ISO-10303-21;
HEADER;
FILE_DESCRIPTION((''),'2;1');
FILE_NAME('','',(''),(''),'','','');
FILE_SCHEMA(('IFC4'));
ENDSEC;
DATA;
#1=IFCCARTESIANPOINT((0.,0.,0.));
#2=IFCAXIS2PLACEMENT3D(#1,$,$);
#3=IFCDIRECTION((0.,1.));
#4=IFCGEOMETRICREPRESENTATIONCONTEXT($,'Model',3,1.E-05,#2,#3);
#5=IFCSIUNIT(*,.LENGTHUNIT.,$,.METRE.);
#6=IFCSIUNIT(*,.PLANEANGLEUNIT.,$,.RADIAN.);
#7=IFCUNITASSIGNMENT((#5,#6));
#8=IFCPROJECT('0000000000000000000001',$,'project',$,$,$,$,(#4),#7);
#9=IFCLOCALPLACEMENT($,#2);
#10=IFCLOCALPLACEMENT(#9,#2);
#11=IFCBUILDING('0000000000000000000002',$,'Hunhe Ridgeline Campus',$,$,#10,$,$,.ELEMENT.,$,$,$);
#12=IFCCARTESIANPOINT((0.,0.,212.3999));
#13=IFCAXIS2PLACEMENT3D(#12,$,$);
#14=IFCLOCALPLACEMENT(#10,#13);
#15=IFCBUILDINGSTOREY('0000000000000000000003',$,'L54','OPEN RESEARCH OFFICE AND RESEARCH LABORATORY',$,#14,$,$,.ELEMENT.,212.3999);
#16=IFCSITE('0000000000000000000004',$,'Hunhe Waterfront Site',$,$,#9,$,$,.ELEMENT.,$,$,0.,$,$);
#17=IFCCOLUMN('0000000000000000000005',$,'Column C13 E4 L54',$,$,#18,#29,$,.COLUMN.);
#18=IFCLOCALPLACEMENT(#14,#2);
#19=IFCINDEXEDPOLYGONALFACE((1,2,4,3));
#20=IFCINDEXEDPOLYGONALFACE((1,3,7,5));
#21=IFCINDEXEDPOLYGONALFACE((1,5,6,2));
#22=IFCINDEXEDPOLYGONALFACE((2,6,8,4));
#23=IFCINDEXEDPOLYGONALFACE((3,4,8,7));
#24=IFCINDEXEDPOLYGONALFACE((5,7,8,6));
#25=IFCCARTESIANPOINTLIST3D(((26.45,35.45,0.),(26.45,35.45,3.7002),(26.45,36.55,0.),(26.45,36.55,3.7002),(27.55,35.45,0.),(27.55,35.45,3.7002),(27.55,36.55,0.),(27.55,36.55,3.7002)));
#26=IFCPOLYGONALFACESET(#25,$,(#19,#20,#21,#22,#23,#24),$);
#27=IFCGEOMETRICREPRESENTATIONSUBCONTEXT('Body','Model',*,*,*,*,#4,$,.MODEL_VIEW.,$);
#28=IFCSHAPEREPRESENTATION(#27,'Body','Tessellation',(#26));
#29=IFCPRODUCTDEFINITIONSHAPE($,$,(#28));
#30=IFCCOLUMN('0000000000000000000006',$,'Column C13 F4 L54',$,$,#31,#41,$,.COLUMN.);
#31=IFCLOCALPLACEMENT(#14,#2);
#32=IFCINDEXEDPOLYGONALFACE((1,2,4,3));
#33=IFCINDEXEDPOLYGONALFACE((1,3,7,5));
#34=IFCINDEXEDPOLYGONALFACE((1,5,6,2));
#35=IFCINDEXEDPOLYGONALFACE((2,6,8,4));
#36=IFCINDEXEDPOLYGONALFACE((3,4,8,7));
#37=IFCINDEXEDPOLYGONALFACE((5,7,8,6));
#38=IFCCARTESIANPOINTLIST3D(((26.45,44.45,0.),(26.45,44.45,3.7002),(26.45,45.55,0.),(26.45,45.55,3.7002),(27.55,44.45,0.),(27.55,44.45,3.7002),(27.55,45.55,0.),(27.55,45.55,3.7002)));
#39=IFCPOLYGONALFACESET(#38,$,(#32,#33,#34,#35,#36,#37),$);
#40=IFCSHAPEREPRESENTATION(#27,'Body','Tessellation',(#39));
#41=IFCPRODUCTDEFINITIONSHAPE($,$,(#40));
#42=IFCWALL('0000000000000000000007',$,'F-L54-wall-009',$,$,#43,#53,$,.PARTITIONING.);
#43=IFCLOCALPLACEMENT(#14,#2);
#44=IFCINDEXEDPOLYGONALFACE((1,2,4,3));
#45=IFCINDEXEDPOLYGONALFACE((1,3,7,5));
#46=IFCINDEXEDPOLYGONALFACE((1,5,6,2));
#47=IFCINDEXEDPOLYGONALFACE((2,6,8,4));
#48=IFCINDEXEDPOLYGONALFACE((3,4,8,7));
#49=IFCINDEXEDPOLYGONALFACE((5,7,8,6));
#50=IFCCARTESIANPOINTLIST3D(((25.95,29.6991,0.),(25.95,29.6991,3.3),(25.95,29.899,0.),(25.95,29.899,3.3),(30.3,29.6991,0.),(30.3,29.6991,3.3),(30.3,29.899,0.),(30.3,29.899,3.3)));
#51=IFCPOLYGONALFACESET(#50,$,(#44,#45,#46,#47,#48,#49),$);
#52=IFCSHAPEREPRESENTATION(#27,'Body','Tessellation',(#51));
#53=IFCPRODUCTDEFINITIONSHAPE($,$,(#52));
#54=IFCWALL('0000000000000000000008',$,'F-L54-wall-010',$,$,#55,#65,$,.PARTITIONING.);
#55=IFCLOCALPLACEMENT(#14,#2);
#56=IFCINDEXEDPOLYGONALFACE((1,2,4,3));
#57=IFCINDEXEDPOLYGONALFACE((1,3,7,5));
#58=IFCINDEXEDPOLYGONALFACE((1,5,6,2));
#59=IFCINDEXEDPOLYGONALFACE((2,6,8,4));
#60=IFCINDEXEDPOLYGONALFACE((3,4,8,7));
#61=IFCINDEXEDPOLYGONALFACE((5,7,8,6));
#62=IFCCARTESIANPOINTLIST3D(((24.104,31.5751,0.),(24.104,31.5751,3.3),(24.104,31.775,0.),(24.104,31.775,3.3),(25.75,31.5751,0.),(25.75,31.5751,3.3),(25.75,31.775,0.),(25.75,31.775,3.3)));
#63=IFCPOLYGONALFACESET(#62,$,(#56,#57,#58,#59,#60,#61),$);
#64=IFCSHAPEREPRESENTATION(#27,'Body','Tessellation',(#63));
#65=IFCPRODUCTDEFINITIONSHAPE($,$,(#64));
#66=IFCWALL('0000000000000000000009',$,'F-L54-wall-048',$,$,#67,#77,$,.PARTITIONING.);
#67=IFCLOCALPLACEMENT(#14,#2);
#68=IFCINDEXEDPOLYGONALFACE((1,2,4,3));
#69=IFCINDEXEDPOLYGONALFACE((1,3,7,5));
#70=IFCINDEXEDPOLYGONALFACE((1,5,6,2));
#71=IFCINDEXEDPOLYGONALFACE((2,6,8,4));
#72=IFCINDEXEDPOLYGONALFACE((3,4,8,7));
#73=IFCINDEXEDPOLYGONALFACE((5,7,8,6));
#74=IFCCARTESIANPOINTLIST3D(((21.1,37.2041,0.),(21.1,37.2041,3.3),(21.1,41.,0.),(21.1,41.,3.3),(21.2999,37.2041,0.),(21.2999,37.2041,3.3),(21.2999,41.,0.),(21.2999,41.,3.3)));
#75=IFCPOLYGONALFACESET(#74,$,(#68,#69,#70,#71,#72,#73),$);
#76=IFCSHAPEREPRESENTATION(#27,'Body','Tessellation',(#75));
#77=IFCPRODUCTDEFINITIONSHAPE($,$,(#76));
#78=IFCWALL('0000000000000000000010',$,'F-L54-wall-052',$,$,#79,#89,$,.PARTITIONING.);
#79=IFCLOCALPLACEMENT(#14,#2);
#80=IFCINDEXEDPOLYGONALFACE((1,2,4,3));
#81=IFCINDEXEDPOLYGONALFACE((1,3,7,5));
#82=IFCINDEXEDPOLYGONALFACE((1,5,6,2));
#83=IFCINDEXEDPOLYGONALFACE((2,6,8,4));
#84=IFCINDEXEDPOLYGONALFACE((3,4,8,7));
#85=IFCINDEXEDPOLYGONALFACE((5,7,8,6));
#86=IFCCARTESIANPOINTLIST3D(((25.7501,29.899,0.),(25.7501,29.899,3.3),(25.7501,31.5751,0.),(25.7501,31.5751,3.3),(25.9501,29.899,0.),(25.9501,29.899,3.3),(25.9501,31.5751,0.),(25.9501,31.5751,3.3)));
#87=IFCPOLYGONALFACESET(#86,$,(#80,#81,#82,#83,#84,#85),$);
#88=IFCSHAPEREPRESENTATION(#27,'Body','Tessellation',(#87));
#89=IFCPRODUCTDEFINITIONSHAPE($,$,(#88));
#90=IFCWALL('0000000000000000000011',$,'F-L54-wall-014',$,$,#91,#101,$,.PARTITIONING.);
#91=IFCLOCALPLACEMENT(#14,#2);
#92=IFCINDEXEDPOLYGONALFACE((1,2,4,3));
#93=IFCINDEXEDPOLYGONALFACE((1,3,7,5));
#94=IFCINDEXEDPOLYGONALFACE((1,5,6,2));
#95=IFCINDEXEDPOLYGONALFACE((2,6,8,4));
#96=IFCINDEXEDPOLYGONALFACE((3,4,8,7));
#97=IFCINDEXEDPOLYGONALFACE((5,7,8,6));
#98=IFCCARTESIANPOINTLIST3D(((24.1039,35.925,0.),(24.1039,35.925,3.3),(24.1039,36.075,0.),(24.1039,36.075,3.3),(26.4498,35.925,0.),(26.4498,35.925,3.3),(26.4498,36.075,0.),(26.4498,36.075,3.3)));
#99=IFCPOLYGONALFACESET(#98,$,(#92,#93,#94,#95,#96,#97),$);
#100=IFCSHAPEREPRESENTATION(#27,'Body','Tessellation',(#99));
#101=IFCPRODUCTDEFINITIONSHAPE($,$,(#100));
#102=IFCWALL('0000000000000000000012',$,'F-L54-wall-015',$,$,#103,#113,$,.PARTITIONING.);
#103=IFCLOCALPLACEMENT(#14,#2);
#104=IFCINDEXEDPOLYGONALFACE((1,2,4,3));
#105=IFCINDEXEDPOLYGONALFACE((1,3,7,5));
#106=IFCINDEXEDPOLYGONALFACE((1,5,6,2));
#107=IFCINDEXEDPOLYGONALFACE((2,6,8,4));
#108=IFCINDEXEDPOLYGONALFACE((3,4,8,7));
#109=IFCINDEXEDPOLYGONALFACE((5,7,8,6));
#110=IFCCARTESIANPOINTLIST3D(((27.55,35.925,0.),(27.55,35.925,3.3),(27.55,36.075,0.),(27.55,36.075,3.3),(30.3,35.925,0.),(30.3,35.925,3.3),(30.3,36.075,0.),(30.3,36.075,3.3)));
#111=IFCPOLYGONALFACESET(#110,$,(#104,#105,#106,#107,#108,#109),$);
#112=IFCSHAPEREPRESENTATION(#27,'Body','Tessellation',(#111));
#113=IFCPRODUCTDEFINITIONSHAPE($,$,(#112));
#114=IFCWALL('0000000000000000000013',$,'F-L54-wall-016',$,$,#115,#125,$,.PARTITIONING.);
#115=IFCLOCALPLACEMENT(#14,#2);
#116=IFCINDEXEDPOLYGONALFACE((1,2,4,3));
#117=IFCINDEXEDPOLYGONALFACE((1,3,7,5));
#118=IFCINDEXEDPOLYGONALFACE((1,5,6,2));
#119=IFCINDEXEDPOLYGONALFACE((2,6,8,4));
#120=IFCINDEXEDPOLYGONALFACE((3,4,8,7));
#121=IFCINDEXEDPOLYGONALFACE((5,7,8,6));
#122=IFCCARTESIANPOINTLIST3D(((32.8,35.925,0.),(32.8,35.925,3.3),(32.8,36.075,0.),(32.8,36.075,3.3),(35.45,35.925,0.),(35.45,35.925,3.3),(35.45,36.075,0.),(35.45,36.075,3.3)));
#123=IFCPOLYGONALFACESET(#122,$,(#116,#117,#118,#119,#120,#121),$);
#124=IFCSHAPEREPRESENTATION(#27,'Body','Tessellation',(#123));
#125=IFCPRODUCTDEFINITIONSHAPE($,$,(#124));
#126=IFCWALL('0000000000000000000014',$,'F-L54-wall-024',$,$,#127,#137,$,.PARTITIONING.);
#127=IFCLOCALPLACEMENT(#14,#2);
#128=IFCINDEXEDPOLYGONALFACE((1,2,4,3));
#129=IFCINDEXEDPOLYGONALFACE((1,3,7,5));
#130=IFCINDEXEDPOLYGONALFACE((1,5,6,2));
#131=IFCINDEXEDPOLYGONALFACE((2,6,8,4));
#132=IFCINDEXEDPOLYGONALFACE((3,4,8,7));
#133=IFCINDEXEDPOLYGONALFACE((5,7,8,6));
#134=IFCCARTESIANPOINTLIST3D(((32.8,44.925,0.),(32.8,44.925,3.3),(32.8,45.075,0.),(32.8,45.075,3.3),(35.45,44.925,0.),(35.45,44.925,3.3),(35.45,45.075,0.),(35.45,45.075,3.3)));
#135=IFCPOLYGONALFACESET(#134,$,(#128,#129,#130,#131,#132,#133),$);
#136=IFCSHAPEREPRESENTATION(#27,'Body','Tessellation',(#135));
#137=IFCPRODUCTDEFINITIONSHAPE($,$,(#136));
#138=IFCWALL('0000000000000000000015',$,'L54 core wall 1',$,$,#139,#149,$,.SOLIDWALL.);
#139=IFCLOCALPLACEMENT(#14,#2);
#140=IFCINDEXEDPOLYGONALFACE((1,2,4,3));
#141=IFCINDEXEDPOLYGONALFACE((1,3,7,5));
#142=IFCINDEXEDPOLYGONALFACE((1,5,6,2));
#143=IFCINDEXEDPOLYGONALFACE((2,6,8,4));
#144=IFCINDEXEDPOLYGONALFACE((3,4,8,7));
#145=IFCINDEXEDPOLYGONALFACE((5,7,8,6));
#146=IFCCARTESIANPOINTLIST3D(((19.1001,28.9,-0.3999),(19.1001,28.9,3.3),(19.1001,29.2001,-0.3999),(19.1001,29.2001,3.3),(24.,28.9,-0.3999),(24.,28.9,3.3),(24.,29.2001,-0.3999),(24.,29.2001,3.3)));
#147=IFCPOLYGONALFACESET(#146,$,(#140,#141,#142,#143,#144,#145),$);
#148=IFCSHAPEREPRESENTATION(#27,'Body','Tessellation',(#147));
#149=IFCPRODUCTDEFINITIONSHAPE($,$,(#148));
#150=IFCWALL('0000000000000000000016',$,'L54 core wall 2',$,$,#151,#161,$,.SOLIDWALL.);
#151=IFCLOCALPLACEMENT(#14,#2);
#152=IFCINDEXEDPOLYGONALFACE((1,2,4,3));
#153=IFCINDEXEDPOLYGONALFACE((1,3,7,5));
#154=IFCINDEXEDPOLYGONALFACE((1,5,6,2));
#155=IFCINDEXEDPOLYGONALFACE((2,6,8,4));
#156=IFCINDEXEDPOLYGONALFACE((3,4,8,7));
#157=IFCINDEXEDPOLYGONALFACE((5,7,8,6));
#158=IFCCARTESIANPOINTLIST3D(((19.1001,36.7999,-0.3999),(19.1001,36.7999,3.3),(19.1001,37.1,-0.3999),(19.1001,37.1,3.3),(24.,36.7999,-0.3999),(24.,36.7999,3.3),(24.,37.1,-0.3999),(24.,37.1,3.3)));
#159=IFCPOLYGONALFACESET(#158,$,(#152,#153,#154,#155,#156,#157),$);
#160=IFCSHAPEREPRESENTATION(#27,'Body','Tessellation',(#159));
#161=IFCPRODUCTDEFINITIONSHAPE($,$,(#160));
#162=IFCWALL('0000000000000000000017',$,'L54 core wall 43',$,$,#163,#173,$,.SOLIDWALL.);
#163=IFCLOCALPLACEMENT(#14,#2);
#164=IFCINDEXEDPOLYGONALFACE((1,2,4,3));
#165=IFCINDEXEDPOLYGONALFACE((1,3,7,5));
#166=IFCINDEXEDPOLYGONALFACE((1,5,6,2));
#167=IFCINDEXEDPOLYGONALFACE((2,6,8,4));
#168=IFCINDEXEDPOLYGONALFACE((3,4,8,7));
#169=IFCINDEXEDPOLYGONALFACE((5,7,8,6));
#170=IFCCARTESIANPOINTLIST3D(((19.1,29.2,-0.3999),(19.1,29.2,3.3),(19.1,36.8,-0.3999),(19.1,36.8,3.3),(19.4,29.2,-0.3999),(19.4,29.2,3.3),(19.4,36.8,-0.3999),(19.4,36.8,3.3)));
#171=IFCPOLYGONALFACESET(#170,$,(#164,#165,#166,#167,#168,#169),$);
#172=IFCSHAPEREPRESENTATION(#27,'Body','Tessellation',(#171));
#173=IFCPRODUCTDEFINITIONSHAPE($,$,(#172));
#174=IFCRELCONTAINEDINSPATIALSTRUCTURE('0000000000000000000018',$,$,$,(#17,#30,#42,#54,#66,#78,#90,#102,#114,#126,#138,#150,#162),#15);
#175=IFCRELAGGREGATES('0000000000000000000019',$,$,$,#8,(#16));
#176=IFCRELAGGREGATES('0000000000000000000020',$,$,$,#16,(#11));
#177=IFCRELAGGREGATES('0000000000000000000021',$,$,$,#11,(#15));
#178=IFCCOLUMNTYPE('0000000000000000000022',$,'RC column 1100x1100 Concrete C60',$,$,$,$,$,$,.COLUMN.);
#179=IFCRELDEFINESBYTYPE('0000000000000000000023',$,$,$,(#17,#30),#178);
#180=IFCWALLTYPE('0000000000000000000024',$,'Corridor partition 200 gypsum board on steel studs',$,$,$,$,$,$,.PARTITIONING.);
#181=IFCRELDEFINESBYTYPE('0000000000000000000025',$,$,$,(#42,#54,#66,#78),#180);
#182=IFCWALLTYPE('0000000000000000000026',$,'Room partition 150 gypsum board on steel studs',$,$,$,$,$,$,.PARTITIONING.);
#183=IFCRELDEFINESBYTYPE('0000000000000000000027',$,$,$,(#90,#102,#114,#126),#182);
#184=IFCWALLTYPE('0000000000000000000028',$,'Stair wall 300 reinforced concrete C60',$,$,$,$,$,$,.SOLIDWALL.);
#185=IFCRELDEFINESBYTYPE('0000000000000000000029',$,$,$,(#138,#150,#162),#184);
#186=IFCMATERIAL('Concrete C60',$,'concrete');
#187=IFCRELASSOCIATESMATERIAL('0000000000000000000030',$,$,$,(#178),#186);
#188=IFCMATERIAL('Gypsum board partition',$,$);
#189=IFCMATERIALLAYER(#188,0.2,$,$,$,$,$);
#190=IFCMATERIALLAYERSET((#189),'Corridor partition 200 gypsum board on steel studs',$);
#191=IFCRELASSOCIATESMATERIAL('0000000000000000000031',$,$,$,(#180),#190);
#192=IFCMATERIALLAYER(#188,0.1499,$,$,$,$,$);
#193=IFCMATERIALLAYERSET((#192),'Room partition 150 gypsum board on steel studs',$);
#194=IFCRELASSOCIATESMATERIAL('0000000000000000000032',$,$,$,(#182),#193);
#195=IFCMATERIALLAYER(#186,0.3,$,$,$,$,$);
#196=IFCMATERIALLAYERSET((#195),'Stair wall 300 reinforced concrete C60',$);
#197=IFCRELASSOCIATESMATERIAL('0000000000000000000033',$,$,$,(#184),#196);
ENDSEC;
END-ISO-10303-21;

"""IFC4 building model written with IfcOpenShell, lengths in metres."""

from ifc_helpers import new_model, si_unit, direction, frame, frame_2d, origin, origin_2d, place, context, subcontext, project, spatial, rectangle, extrude, material, layer, layer_set, material_profile, profile_set, type_object, element, save


model = new_model("IFC4")

# Units and contexts
model_context = context("Model", 3, precision=1e-05, world=origin(), true_north=direction((0.0, 1.0)))
body_context = subcontext(model_context, "Body", "Model", "MODEL_VIEW")
ifc_project = project(units=[si_unit("LENGTHUNIT", "METRE"), si_unit("PLANEANGLEUNIT", "RADIAN")], contexts=[model_context])

# Site, building, storey
site_placement = place(None, origin())
site = spatial("IfcSite", under=ifc_project, at=site_placement, Name="Hunhe Waterfront Site", CompositionType="ELEMENT", RefElevation=0.0)
building_placement = place(site_placement, origin())
building = spatial("IfcBuilding", under=site, at=building_placement, Name="Hunhe Ridgeline Campus", CompositionType="ELEMENT")
storey_placement = place(building_placement, frame((0.0, 0.0, 212.3999)))
storey = spatial("IfcBuildingStorey", under=building, at=storey_placement, Name="L54", Description="OPEN RESEARCH OFFICE AND RESEARCH LABORATORY", CompositionType="ELEMENT", Elevation=212.3999)

# Columns
ifc_material_1 = material(Name="Concrete C60", Category="concrete")
ifc_material_profile = material_profile(ifc_material_1, rectangle(XDim=1.1001, YDim=1.1001, at=origin_2d()))
ifc_profile_set = profile_set([ifc_material_profile], Name="Concrete C60")
column_type = type_object("IfcColumnType", Name="RC column 1100x1100 Concrete C60", PredefinedType="COLUMN", material=ifc_profile_set)
for number, where, z_axis, x_axis, name in (
    (1, (27.0, 36.0, 0.0), (0.0, 0.0, 1.0), (1.0, 0.0, 0.0), "Column C13 E4 L54"),
    (2, (27.0, 45.0, 0.0), (0.0, 0.0, 1.0), (1.0, 0.0, 0.0), "Column C13 F4 L54"),
):
    element("IfcColumn", number, at=place(storey_placement, frame(where, z_axis=z_axis, x_axis=x_axis)), inside=storey, type_object=column_type, Name=name, PredefinedType="COLUMN", context=body_context, shape_type="SweptSolid", body=[
        extrude(rectangle(XDim=1.1001, YDim=1.1001, at=origin_2d()), origin(), (0.0, 0.0, 1.0), 3.7002),
    ])

# Walls
ifc_material_2 = material(Name="Gypsum board partition")
ifc_layer_1 = layer(ifc_material_2, 0.2)
ifc_layer_set_1 = layer_set([ifc_layer_1], Name="Corridor partition 200 gypsum board on steel studs")
wall_type_1 = type_object("IfcWallType", Name="Corridor partition 200 gypsum board on steel studs", PredefinedType="PARTITIONING", material=ifc_layer_set_1)
wall_1_placement = place(storey_placement, frame((25.95, 29.7991, 0.0), z_axis=(0.0, 0.0, 1.0), x_axis=(1.0, 0.0, 0.0)))
element("IfcWall", 3, at=wall_1_placement, inside=storey, type_object=wall_type_1, Name="F-L54-wall-009", PredefinedType="PARTITIONING", context=body_context, shape_type="SweptSolid", body=[
    extrude(rectangle(XDim=4.3501, YDim=0.2, at=frame_2d((2.175, 0.0))), origin(), (0.0, 0.0, 1.0), 3.3),
])
wall_2_placement = place(storey_placement, frame((24.104, 31.675, 0.0), z_axis=(0.0, 0.0, 1.0), x_axis=(1.0, 0.0, 0.0)))
element("IfcWall", 4, at=wall_2_placement, inside=storey, type_object=wall_type_1, Name="F-L54-wall-010", PredefinedType="PARTITIONING", context=body_context, shape_type="SweptSolid", body=[
    extrude(rectangle(XDim=1.646, YDim=0.2, at=frame_2d((0.823, 0.0))), origin(), (0.0, 0.0, 1.0), 3.3),
])

# Wall
wall_3_placement = place(storey_placement, frame((21.2, 37.2041, 0.0), z_axis=(0.0, 0.0, 1.0), x_axis=(0.0, 1.0, 0.0)))
element("IfcWall", 5, at=wall_3_placement, inside=storey, type_object=wall_type_1, Name="F-L54-wall-048", PredefinedType="PARTITIONING", context=body_context, shape_type="SweptSolid", body=[
    extrude(rectangle(XDim=3.7959, YDim=0.2, at=frame_2d((1.8979, 0.0))), origin(), (0.0, 0.0, 1.0), 3.3),
])

# Wall
wall_4_placement = place(storey_placement, frame((25.8501, 31.575, 0.0), z_axis=(0.0, 0.0, 1.0), x_axis=(0.0, -1.0, 0.0)))
element("IfcWall", 6, at=wall_4_placement, inside=storey, type_object=wall_type_1, Name="F-L54-wall-052", PredefinedType="PARTITIONING", context=body_context, shape_type="SweptSolid", body=[
    extrude(rectangle(XDim=1.676, YDim=0.2, at=frame_2d((0.8379, 0.0))), origin(), (0.0, 0.0, 1.0), 3.3),
])

# Walls
ifc_layer_2 = layer(ifc_material_2, 0.1499)
ifc_layer_set_2 = layer_set([ifc_layer_2], Name="Room partition 150 gypsum board on steel studs")
wall_type_2 = type_object("IfcWallType", Name="Room partition 150 gypsum board on steel studs", PredefinedType="PARTITIONING", material=ifc_layer_set_2)
wall_5_placement = place(storey_placement, frame((24.104, 36.0, 0.0), z_axis=(0.0, 0.0, 1.0), x_axis=(1.0, 0.0, 0.0)))
element("IfcWall", 7, at=wall_5_placement, inside=storey, type_object=wall_type_2, Name="F-L54-wall-014", PredefinedType="PARTITIONING", context=body_context, shape_type="SweptSolid", body=[
    extrude(rectangle(XDim=2.3459, YDim=0.1499, at=frame_2d((1.1729, 0.0))), origin(), (0.0, 0.0, 1.0), 3.3),
])
wall_6_placement = place(storey_placement, frame((27.55, 36.0, 0.0), z_axis=(0.0, 0.0, 1.0), x_axis=(1.0, 0.0, 0.0)))
element("IfcWall", 8, at=wall_6_placement, inside=storey, type_object=wall_type_2, Name="F-L54-wall-015", PredefinedType="PARTITIONING", context=body_context, shape_type="SweptSolid", body=[
    extrude(rectangle(XDim=2.75, YDim=0.1499, at=frame_2d((1.375, 0.0))), origin(), (0.0, 0.0, 1.0), 3.3),
])
for number, where, z_axis, x_axis, name in (
    (9, (32.8, 36.0, 0.0), (0.0, 0.0, 1.0), (1.0, 0.0, 0.0), "F-L54-wall-016"),
    (10, (32.8, 45.0, 0.0), (0.0, 0.0, 1.0), (1.0, 0.0, 0.0), "F-L54-wall-024"),
):
    element("IfcWall", number, at=place(storey_placement, frame(where, z_axis=z_axis, x_axis=x_axis)), inside=storey, type_object=wall_type_2, Name=name, PredefinedType="PARTITIONING", context=body_context, shape_type="SweptSolid", body=[
        extrude(rectangle(XDim=2.6499, YDim=0.1499, at=frame_2d((1.325, 0.0))), origin(), (0.0, 0.0, 1.0), 3.3),
    ])
ifc_layer_3 = layer(ifc_material_1, 0.3)
ifc_layer_set_3 = layer_set([ifc_layer_3], Name="Stair wall 300 reinforced concrete C60")
wall_type_3 = type_object("IfcWallType", Name="Stair wall 300 reinforced concrete C60", PredefinedType="SOLIDWALL", material=ifc_layer_set_3)
for number, where, z_axis, x_axis, name in (
    (11, (19.1001, 29.05, -0.3999), (0.0, 0.0, 1.0), (1.0, 0.0, 0.0), "L54 core wall 1"),
    (12, (19.1001, 36.95, -0.3999), (0.0, 0.0, 1.0), (1.0, 0.0, 0.0), "L54 core wall 2"),
):
    element("IfcWall", number, at=place(storey_placement, frame(where, z_axis=z_axis, x_axis=x_axis)), inside=storey, type_object=wall_type_3, Name=name, PredefinedType="SOLIDWALL", context=body_context, shape_type="SweptSolid", body=[
        extrude(rectangle(XDim=4.8999, YDim=0.3, at=frame_2d((2.45, 0.0))), origin(), (0.0, 0.0, 1.0), 3.7),
    ])
wall_7_placement = place(storey_placement, frame((19.25, 29.2, -0.3999), z_axis=(0.0, 0.0, 1.0), x_axis=(0.0, 1.0, 0.0)))
element("IfcWall", 13, at=wall_7_placement, inside=storey, type_object=wall_type_3, Name="L54 core wall 43", PredefinedType="SOLIDWALL", context=body_context, shape_type="SweptSolid", body=[
    extrude(rectangle(XDim=7.6001, YDim=0.3, at=frame_2d((3.8, 0.0))), origin(), (0.0, 0.0, 1.0), 3.7),
])

save(model, "model.ifc")
